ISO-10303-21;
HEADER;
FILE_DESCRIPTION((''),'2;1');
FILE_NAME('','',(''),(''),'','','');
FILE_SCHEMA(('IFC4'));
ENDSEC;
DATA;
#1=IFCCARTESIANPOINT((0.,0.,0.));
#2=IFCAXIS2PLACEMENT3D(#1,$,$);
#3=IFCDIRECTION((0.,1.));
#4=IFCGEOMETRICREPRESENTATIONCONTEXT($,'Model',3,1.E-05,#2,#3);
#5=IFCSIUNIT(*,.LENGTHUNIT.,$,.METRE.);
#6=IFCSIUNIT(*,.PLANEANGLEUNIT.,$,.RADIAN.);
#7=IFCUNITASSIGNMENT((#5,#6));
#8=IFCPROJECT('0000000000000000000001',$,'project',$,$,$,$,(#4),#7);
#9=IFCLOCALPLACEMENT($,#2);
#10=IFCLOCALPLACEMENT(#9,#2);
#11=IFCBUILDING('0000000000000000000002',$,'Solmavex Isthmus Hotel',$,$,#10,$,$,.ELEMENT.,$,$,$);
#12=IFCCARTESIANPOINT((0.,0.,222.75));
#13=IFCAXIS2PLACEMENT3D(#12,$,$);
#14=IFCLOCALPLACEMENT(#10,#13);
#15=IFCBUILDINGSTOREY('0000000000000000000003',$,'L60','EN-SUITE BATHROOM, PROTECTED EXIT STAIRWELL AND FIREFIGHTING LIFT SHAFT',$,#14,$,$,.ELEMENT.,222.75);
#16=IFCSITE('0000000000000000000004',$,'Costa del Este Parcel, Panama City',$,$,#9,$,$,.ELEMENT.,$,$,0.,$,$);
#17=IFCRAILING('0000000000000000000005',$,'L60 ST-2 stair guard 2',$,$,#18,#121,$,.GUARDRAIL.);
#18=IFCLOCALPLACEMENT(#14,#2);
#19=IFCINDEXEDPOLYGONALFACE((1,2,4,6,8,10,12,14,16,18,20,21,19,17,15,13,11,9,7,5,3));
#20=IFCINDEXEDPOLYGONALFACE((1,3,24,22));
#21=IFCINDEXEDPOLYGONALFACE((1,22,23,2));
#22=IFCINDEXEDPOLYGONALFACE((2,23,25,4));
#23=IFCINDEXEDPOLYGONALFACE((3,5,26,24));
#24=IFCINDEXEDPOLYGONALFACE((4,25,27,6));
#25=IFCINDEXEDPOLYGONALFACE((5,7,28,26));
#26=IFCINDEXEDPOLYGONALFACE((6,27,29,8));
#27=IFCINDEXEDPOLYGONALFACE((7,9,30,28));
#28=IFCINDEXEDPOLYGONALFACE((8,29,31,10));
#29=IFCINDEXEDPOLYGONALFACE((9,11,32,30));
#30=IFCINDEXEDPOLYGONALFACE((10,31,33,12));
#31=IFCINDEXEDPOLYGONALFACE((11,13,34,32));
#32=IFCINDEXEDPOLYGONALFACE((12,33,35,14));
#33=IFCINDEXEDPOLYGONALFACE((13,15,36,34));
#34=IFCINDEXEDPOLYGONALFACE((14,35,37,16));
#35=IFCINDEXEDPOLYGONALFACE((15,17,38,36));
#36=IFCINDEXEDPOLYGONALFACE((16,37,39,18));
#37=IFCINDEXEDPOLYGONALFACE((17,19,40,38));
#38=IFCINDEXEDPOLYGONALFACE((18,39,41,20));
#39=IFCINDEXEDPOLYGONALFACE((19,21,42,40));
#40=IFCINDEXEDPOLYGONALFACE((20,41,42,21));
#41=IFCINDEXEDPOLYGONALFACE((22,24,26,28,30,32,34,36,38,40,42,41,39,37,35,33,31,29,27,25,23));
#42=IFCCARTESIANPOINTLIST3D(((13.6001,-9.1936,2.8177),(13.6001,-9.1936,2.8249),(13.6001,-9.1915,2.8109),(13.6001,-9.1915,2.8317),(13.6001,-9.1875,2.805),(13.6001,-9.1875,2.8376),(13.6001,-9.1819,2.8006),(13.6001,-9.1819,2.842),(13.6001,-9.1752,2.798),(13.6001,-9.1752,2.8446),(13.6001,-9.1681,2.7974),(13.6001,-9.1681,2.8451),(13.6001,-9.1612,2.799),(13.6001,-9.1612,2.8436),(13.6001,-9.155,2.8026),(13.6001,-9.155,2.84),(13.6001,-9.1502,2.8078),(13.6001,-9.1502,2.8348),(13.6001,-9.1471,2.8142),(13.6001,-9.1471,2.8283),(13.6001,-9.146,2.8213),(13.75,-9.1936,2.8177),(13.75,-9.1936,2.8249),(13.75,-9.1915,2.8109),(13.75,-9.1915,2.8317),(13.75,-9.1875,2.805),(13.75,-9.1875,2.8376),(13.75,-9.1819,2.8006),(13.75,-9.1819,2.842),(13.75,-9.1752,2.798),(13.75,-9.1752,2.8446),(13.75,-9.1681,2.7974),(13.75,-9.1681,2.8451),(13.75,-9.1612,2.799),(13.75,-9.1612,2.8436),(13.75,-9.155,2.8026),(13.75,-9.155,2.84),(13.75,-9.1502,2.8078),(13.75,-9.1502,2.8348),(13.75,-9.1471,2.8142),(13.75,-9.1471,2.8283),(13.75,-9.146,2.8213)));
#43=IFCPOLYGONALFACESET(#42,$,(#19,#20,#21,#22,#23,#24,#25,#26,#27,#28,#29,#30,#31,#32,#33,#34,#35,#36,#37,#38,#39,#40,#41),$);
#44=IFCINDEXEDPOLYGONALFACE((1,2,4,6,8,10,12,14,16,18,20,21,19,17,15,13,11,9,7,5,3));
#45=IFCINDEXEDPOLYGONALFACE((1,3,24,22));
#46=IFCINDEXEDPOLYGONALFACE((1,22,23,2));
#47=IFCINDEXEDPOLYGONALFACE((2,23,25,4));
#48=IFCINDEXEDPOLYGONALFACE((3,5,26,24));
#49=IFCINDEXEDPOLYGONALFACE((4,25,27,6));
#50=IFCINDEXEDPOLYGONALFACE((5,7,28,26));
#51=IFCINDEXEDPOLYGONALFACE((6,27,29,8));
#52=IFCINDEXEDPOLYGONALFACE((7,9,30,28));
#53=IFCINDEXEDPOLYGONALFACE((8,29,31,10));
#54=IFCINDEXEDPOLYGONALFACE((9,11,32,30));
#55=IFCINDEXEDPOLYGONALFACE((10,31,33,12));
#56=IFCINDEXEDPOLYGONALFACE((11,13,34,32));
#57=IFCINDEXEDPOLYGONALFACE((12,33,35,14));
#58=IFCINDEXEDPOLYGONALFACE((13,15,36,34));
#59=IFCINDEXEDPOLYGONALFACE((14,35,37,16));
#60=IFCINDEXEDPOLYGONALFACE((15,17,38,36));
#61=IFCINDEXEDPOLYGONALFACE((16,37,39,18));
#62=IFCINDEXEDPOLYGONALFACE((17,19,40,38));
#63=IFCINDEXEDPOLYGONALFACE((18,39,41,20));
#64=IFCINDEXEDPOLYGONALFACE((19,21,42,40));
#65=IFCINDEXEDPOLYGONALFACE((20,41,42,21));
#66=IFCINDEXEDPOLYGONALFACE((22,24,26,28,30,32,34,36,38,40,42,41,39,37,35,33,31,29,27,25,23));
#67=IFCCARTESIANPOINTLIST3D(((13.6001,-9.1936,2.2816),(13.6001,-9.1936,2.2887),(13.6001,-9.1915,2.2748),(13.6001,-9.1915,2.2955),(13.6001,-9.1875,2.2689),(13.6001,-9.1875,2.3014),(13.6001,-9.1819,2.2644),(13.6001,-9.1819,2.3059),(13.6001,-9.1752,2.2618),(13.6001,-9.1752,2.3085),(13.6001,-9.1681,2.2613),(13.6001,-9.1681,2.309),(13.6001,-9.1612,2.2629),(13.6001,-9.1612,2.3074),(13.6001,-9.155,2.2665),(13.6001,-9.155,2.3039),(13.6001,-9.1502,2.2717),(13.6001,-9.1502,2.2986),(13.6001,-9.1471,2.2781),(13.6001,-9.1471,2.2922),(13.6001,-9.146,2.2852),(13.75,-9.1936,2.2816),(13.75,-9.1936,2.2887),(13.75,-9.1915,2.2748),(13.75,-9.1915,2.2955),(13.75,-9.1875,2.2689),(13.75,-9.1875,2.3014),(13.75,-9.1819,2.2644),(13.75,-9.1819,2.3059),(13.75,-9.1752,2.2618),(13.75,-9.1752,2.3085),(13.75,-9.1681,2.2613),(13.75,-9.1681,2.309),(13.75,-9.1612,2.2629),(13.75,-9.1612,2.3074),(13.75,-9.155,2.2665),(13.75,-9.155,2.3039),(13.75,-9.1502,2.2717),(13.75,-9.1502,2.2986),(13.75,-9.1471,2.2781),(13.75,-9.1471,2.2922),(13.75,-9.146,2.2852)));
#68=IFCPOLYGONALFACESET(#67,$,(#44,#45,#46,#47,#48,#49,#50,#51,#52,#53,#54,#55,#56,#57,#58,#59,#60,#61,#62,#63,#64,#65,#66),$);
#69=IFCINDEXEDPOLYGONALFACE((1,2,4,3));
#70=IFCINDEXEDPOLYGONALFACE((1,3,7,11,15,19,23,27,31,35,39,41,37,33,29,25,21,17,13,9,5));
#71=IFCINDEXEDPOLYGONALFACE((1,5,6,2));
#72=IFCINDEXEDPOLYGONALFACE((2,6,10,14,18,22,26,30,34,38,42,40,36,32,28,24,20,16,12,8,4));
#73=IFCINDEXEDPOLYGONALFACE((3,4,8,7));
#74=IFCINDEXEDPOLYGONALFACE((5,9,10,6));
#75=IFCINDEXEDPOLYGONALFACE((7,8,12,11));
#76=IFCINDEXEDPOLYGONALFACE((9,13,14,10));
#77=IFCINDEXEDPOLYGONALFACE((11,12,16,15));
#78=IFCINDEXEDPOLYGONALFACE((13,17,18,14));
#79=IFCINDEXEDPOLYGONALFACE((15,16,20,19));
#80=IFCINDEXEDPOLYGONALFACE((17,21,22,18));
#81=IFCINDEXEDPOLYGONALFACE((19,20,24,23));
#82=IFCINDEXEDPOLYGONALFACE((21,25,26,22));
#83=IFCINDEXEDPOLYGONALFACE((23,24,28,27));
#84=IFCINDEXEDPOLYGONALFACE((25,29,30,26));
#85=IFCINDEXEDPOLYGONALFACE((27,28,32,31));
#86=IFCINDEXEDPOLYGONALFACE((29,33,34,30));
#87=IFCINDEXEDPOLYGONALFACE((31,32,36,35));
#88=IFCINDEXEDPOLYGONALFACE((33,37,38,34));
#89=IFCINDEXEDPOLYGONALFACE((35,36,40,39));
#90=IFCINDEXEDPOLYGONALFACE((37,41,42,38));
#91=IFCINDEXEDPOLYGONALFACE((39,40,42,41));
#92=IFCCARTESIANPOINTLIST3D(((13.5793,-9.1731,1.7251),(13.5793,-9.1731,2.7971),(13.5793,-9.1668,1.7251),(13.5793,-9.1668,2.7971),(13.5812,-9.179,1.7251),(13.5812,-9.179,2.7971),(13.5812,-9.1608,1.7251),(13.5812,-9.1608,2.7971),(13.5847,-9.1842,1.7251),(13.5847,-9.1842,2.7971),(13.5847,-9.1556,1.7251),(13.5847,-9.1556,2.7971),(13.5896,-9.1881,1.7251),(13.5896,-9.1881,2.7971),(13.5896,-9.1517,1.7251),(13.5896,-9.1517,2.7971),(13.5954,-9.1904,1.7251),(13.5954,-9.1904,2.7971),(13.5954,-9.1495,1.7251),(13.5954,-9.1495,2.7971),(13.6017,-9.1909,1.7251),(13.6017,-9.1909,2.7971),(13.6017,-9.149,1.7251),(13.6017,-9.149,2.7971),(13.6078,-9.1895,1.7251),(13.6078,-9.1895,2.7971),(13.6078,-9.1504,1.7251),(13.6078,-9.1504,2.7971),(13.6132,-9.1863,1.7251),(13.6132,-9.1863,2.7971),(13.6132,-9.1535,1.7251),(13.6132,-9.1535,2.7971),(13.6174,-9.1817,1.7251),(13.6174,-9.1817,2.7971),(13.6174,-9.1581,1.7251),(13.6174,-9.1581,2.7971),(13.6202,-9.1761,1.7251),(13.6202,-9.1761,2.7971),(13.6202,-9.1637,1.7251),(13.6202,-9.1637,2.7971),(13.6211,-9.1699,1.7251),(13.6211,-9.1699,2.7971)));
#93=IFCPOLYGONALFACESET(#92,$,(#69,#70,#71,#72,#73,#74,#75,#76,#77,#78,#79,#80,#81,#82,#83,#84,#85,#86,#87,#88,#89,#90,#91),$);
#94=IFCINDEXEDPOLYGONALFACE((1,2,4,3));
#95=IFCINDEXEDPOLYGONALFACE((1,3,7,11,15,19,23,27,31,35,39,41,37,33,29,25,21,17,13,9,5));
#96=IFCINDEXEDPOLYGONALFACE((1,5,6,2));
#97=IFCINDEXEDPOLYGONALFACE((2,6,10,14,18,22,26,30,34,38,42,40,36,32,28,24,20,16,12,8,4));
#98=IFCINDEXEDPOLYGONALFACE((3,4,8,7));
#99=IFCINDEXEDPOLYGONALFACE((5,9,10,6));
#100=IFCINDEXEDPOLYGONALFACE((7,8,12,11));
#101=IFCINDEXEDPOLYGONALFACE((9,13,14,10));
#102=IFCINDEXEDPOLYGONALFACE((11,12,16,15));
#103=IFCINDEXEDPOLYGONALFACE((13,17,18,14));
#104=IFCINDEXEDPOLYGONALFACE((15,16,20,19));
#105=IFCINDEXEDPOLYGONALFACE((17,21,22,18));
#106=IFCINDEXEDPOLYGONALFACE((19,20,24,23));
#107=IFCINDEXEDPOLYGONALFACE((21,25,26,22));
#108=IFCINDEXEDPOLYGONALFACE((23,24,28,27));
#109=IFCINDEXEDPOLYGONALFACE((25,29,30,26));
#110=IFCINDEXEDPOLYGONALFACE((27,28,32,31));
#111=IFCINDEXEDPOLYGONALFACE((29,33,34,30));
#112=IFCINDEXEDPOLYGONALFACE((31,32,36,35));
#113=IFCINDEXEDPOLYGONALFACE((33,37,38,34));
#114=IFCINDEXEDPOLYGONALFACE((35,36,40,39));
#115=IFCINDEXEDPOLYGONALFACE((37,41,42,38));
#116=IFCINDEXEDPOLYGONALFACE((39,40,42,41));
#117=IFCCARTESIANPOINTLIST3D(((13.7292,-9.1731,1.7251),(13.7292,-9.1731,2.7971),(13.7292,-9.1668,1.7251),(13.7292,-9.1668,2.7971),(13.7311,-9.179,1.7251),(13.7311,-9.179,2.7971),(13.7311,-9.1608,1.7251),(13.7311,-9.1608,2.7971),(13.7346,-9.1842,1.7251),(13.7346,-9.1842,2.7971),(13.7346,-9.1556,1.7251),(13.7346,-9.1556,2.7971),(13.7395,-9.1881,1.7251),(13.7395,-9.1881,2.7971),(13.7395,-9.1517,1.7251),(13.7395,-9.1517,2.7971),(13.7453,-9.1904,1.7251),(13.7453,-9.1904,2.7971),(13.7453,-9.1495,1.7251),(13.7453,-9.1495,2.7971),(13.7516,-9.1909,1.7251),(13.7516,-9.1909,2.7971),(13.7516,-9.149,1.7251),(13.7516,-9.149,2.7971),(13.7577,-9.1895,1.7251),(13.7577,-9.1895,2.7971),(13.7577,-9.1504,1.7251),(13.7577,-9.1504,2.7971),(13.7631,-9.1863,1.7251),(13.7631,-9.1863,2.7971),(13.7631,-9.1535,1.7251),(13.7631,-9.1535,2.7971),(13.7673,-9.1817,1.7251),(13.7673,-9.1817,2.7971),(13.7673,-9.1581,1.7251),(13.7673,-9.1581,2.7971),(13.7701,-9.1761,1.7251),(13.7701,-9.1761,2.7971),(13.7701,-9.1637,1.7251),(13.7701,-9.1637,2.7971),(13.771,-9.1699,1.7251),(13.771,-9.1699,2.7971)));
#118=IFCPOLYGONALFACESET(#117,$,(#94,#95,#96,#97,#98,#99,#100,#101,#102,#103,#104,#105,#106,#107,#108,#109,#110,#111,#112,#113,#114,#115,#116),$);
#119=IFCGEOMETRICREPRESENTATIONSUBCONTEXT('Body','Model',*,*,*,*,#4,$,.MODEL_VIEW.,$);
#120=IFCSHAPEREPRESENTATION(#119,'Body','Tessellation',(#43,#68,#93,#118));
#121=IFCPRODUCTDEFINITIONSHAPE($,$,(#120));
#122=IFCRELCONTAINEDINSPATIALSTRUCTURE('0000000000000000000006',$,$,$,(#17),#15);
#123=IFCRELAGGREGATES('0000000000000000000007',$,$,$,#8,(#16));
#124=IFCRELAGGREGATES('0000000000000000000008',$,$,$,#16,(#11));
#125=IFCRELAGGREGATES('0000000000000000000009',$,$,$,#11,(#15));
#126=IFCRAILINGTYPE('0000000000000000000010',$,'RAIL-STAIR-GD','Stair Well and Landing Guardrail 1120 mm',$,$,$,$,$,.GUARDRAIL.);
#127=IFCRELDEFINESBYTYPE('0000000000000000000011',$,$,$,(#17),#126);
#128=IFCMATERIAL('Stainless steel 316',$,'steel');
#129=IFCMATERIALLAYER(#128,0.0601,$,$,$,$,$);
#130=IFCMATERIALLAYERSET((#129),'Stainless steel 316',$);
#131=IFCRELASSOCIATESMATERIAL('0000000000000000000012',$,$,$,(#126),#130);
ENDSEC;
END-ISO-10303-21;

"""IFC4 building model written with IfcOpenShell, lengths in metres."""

from ifc_helpers import new_model, si_unit, direction, frame, origin, origin_2d, place, context, subcontext, project, spatial, circle, extrude, material, layer, layer_set, type_object, element, save


model = new_model("IFC4")

# Units and contexts
model_context = context("Model", 3, precision=1e-05, world=origin(), true_north=direction((0.0, 1.0)))
body_context = subcontext(model_context, "Body", "Model", "MODEL_VIEW")
ifc_project = project(units=[si_unit("LENGTHUNIT", "METRE"), si_unit("PLANEANGLEUNIT", "RADIAN")], contexts=[model_context])

# Site, building, storey
site_placement = place(None, origin())
site = spatial("IfcSite", under=ifc_project, at=site_placement, Name="Costa del Este Parcel, Panama City", CompositionType="ELEMENT", RefElevation=0.0)
building_placement = place(site_placement, origin())
building = spatial("IfcBuilding", under=site, at=building_placement, Name="Solmavex Isthmus Hotel", CompositionType="ELEMENT")
storey_placement = place(building_placement, frame((0.0, 0.0, 222.75)))
storey = spatial("IfcBuildingStorey", under=building, at=storey_placement, Name="L60", Description="EN-SUITE BATHROOM, PROTECTED EXIT STAIRWELL AND FIREFIGHTING LIFT SHAFT", CompositionType="ELEMENT", Elevation=222.75)

# Railing
ifc_material_1 = material(Name="Stainless steel 316", Category="steel")
ifc_layer_1 = layer(ifc_material_1, 0.0601)
ifc_layer_set_1 = layer_set([ifc_layer_1], Name="Stainless steel 316")
railing_type_1 = type_object("IfcRailingType", Name="RAIL-STAIR-GD", Description="Stair Well and Landing Guardrail 1120 mm", PredefinedType="GUARDRAIL", material=ifc_layer_set_1)
railing_1_placement = place(storey_placement, frame((13.6001, -9.1699, 1.7251)))
element("IfcRailing", 1, at=railing_1_placement, inside=storey, type_object=railing_type_1, Name="L60 ST-2 stair guard 2", PredefinedType="GUARDRAIL", context=body_context, shape_type="SweptSolid", body=[
    extrude(circle(Radius=0.0239, at=origin_2d()), frame((0.0, 0.0, 1.0962), z_axis=(1.0, 0.0, 0.0), x_axis=(0.0, 1.0, 0.0)), (0.0, 0.0, 1.0), 0.1499),
    extrude(circle(Radius=0.0239, at=origin_2d()), frame((0.0, 0.0, 0.5601), z_axis=(1.0, 0.0, 0.0), x_axis=(0.0, 1.0, 0.0)), (0.0, 0.0, 1.0), 0.1499),
    extrude(circle(Radius=0.021, at=origin_2d()), origin(), (0.0, 0.0, 1.0), 1.072),
    extrude(circle(Radius=0.021, at=origin_2d()), frame((0.1499, 0.0, 0.0)), (0.0, 0.0, 1.0), 1.072),
])

save(model, "model.ifc")
